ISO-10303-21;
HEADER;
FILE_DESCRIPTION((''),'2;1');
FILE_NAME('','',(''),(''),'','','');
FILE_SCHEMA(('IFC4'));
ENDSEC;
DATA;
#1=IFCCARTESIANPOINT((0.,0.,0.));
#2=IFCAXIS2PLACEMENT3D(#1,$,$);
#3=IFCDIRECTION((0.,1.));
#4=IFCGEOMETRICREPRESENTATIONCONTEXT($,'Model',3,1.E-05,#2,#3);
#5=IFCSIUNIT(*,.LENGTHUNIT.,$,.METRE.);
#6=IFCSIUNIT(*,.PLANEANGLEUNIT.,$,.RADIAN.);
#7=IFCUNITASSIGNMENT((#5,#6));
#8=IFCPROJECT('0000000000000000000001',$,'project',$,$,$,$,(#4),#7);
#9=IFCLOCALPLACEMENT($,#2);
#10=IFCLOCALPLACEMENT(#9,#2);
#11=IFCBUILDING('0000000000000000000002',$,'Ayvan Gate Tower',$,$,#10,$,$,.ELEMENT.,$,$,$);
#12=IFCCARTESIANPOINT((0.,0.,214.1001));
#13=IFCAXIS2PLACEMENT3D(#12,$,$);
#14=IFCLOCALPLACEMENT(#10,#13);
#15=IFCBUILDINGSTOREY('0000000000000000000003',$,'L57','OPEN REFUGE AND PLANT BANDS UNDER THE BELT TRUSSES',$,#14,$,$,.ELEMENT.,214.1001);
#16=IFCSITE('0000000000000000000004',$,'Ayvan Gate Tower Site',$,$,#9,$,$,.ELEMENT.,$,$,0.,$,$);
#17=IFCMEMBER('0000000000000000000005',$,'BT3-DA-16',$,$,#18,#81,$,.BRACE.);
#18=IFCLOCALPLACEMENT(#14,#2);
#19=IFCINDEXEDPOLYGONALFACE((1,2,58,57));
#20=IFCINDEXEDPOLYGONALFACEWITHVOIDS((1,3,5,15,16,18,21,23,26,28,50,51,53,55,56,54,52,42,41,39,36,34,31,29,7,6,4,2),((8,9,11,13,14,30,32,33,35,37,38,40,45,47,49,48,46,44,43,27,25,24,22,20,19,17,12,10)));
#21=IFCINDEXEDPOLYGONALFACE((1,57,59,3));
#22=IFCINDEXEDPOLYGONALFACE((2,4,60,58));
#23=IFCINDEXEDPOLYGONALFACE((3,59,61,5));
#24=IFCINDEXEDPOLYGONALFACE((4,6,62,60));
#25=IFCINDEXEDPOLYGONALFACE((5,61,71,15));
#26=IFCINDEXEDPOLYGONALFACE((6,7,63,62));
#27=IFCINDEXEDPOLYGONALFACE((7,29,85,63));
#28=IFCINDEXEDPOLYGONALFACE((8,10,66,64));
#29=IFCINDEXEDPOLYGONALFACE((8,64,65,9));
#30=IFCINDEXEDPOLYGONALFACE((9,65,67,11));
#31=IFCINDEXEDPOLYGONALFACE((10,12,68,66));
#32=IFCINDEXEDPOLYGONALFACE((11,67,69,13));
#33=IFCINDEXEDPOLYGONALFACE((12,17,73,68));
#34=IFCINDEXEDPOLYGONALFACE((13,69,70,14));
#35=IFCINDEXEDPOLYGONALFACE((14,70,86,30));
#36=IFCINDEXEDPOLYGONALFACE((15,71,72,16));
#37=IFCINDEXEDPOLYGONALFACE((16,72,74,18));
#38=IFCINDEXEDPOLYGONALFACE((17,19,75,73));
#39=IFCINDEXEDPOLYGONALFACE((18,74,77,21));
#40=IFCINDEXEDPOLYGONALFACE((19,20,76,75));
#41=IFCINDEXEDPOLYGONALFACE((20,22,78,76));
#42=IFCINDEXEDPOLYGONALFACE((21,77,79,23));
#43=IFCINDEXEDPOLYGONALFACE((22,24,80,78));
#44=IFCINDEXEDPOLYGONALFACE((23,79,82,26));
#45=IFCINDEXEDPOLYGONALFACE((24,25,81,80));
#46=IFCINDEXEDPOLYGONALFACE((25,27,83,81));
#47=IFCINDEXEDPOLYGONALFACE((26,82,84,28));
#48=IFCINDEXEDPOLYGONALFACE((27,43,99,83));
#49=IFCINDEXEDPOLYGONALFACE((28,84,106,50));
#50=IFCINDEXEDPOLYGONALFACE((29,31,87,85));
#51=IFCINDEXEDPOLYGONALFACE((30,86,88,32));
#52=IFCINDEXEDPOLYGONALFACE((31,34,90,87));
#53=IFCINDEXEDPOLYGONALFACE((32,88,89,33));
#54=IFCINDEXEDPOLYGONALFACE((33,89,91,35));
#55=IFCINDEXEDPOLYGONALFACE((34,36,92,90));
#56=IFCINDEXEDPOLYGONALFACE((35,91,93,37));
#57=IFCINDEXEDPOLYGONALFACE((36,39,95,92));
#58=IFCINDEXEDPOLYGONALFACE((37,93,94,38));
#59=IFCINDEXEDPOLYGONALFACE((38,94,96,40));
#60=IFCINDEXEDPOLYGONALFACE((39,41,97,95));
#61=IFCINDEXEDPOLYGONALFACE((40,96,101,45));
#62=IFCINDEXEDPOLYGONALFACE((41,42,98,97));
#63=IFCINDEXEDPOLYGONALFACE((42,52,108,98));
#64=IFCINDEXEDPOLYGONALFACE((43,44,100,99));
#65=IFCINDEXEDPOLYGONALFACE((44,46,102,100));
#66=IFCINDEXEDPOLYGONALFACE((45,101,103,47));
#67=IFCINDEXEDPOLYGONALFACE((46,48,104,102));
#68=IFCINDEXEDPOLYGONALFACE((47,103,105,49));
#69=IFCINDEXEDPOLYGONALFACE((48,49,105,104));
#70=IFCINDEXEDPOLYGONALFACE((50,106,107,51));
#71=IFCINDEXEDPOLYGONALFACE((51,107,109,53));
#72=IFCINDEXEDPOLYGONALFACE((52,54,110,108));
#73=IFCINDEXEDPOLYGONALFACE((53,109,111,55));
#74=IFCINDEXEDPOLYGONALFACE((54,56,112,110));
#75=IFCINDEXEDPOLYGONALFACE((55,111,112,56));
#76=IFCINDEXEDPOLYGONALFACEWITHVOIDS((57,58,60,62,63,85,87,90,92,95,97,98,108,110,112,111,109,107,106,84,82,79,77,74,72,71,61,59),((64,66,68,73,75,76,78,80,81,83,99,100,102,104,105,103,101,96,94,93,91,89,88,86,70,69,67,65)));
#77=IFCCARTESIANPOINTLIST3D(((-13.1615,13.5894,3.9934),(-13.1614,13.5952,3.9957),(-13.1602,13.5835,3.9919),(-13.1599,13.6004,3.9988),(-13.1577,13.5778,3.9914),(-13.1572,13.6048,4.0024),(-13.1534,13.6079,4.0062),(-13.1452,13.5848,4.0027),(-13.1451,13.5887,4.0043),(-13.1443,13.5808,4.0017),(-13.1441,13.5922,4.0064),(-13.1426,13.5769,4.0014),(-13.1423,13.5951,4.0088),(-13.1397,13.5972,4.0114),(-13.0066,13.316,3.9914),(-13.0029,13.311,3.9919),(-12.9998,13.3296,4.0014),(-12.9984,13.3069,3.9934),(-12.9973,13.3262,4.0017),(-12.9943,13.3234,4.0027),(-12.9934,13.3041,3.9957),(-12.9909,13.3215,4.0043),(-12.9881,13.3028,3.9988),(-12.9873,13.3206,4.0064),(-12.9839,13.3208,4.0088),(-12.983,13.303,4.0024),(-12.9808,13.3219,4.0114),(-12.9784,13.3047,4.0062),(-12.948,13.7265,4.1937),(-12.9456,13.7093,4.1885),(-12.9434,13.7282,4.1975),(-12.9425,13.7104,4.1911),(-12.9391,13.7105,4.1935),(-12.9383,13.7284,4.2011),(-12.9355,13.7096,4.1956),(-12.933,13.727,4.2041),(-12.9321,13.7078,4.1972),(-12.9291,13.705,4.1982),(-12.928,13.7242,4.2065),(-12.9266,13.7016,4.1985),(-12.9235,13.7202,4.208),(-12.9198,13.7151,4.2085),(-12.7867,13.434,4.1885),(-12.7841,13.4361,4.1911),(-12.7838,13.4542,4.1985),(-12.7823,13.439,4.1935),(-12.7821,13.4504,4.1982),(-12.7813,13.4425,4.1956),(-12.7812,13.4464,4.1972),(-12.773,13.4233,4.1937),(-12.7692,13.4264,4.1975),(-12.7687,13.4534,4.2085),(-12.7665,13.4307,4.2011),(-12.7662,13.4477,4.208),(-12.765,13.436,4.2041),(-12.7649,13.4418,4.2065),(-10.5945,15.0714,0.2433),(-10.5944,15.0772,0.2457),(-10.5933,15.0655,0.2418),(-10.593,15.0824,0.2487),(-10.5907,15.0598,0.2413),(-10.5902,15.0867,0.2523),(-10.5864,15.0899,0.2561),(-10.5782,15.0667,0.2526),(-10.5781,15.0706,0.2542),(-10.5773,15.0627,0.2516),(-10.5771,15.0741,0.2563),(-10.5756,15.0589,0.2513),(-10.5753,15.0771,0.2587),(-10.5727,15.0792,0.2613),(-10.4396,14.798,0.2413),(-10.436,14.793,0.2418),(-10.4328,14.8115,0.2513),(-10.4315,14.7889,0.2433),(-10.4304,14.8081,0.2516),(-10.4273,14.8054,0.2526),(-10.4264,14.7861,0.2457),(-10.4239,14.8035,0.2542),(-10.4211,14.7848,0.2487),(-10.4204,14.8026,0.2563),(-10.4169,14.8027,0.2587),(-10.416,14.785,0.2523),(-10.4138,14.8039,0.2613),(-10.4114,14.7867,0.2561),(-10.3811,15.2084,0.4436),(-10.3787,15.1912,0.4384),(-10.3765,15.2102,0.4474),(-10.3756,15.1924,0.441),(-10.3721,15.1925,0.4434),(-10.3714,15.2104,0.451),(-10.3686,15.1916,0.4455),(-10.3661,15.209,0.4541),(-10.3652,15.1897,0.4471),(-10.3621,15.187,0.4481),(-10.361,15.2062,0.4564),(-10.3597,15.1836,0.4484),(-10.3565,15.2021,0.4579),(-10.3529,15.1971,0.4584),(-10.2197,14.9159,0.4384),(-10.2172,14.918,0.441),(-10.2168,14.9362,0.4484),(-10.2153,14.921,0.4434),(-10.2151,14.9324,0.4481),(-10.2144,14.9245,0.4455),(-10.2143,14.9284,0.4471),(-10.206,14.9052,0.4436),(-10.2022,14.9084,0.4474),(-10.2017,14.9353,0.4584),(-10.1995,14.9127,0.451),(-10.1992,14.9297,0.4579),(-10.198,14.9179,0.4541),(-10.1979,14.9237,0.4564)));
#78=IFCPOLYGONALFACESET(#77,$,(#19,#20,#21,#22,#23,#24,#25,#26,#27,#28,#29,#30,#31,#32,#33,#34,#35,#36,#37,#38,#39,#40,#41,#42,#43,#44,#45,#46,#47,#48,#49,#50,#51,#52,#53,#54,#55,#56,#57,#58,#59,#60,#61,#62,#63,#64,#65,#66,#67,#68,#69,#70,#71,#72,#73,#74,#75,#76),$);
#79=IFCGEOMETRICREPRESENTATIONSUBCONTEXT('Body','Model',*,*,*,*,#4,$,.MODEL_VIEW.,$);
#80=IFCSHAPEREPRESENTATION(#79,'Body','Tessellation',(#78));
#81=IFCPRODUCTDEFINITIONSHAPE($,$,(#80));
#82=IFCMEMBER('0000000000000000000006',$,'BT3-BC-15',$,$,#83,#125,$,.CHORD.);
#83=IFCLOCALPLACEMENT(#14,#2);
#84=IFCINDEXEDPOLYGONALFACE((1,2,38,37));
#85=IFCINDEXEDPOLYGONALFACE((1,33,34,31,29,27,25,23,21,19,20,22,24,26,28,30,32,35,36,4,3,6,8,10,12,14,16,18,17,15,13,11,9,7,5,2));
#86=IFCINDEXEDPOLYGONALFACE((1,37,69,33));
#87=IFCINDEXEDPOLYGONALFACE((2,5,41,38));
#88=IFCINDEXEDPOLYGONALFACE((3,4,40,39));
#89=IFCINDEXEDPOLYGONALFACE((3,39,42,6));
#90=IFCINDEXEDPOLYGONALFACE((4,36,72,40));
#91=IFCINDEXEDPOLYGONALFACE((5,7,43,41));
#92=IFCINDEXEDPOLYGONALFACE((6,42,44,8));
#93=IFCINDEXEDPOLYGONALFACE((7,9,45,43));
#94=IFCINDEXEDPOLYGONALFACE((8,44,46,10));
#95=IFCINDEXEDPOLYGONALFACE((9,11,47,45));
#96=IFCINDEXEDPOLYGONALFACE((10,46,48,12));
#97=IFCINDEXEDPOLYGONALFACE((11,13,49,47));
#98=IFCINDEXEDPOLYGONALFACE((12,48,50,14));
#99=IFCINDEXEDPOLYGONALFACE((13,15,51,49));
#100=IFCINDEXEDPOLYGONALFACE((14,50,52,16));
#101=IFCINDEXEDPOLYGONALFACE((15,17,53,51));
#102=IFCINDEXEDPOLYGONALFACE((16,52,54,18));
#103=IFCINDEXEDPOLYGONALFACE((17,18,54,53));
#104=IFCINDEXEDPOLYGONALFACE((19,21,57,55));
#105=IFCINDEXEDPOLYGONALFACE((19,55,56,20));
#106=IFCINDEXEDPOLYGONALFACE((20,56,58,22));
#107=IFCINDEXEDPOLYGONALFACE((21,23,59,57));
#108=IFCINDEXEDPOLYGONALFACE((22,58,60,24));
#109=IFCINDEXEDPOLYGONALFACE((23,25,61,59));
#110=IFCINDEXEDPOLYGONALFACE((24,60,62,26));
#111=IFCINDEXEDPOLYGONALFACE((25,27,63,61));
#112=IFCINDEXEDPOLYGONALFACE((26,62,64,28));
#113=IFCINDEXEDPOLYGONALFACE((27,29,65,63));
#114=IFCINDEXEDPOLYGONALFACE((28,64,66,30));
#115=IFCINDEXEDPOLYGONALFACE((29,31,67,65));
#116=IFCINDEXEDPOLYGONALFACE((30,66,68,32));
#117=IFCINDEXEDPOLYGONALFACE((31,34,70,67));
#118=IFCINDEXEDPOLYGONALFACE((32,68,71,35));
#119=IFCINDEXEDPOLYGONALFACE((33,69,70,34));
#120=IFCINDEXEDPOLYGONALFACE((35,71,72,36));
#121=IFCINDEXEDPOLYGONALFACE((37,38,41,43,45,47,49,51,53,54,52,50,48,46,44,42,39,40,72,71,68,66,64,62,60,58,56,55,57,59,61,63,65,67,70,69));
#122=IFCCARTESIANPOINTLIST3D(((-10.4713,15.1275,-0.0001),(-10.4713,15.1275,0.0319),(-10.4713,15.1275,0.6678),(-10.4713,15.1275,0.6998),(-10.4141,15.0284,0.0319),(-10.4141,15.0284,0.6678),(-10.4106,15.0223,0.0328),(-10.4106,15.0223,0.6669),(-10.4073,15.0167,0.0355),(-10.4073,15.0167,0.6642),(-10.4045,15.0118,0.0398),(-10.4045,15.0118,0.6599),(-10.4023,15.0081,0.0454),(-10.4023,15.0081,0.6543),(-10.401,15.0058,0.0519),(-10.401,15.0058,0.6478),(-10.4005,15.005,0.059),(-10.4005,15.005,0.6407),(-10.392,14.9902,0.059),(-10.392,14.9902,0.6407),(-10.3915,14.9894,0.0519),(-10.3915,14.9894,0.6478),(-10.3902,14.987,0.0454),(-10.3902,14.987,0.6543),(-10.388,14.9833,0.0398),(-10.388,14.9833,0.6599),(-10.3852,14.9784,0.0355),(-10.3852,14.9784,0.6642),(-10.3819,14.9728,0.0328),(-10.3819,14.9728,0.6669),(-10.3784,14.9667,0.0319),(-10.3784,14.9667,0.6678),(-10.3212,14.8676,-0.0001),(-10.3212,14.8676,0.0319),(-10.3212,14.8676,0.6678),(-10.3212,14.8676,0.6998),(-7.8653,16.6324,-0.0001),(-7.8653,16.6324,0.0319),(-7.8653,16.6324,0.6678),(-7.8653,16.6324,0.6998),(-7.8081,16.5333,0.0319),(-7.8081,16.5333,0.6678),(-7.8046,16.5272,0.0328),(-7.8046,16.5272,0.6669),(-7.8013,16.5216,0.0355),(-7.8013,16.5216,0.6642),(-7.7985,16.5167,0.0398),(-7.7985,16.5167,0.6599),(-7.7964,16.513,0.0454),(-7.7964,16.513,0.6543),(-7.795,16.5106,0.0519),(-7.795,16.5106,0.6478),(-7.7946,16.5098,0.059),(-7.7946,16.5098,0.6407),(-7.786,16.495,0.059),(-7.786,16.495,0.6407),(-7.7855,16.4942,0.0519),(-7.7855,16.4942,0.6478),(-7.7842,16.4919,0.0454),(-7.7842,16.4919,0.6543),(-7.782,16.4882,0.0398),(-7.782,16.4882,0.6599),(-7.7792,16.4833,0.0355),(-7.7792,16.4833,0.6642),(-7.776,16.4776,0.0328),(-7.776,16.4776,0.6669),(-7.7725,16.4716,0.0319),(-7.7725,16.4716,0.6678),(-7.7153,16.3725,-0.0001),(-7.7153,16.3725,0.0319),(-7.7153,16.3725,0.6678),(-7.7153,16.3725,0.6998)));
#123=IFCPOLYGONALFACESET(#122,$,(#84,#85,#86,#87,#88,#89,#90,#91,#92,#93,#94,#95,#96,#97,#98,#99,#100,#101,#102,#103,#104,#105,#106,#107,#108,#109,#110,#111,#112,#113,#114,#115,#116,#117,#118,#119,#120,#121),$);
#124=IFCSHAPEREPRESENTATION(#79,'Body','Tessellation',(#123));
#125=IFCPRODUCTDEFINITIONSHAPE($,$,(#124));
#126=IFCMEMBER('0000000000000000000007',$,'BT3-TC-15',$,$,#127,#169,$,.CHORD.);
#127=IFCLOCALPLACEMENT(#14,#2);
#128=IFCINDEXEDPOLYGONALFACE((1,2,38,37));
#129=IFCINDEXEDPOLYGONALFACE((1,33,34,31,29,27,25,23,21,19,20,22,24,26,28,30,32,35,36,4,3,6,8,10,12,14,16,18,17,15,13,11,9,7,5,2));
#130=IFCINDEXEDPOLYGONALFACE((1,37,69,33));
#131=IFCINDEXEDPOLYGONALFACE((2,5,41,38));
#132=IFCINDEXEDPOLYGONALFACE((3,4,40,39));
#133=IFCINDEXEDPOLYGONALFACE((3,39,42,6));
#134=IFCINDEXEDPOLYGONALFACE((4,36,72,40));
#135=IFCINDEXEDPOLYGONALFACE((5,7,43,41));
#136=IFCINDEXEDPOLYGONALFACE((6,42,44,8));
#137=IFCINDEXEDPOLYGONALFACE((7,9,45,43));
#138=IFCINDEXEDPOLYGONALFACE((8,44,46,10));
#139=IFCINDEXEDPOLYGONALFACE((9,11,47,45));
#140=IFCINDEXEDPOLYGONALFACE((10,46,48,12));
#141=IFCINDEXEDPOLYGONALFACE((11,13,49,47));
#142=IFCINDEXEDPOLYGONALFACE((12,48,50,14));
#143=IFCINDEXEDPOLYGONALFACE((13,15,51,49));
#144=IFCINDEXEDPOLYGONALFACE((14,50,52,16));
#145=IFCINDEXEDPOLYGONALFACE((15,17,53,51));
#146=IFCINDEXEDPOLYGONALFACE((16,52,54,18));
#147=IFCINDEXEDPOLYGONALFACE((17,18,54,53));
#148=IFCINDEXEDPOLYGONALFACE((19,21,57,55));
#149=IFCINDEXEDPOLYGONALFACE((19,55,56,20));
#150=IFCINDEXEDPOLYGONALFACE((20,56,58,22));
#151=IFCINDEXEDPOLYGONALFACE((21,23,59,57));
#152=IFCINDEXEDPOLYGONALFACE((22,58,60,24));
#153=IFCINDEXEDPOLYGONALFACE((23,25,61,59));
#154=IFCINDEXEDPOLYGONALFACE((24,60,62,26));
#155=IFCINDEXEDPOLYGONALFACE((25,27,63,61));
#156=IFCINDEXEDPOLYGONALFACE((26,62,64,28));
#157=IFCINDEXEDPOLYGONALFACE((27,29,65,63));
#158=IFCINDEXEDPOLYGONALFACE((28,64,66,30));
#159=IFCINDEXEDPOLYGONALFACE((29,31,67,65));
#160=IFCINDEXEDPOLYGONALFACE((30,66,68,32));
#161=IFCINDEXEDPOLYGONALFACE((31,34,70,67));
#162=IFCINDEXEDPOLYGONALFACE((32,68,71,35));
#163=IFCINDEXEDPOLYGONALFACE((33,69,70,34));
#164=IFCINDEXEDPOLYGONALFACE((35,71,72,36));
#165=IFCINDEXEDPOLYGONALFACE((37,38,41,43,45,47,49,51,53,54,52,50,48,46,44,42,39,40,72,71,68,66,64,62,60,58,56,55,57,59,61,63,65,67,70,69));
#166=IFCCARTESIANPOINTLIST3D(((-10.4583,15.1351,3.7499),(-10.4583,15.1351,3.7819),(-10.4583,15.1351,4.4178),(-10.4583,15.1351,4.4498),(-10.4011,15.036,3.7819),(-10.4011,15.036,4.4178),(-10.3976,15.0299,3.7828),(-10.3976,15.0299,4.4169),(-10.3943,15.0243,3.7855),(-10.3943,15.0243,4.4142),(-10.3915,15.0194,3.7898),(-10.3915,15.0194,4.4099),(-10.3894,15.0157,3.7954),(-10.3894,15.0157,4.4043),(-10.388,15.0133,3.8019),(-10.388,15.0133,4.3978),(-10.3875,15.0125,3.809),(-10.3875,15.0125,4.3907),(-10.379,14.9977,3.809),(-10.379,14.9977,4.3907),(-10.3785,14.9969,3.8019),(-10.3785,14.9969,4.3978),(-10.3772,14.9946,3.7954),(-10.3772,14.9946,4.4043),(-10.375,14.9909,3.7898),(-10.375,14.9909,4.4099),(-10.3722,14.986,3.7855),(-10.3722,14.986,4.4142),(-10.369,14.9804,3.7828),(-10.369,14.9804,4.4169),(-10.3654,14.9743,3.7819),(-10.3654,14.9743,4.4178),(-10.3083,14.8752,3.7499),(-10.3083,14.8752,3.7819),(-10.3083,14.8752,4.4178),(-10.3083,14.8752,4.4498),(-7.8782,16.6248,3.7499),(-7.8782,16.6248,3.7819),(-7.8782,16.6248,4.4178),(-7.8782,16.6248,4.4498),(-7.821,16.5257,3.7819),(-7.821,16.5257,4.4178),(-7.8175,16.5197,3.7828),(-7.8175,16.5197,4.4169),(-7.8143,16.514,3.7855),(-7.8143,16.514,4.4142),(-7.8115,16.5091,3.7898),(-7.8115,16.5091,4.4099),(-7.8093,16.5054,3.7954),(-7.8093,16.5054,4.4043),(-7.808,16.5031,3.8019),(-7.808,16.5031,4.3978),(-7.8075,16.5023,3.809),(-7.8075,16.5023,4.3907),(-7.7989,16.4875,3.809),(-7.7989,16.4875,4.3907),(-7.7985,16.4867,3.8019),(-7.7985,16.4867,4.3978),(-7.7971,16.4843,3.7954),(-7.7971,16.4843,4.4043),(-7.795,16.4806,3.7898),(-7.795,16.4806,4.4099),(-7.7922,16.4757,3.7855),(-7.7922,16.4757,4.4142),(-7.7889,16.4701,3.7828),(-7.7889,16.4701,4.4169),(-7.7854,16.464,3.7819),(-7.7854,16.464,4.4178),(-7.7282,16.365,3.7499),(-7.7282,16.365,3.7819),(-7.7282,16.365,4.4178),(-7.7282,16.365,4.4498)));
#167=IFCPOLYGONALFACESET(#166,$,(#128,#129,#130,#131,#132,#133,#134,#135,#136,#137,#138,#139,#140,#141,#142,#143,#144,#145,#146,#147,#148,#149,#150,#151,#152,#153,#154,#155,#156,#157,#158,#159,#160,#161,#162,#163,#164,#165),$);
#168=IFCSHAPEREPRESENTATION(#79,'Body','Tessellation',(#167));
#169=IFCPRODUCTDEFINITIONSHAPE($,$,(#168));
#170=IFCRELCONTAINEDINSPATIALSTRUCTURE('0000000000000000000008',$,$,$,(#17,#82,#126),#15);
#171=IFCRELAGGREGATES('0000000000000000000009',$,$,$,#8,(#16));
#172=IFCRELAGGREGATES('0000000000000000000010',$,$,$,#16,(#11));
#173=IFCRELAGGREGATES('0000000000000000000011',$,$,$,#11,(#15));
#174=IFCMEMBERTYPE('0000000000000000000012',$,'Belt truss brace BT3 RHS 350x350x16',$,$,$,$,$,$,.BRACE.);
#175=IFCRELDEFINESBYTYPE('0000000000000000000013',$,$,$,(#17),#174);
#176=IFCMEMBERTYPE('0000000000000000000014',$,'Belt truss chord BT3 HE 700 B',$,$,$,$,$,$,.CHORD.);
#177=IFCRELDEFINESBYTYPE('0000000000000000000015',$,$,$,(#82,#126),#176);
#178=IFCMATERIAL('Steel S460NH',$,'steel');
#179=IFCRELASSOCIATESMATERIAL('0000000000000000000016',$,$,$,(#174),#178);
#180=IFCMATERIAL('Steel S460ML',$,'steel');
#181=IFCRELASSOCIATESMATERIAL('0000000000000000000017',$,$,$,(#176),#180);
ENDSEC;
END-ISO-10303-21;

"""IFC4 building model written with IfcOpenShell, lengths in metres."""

from ifc_helpers import new_model, si_unit, direction, frame, origin, origin_2d, place, context, subcontext, project, spatial, hollow_rectangle, i_section, extrude, material, material_profile, profile_set, type_object, element, save


model = new_model("IFC4")

# Units and contexts
model_context = context("Model", 3, precision=1e-05, world=origin(), true_north=direction((0.0, 1.0)))
body_context = subcontext(model_context, "Body", "Model", "MODEL_VIEW")
ifc_project = project(units=[si_unit("LENGTHUNIT", "METRE"), si_unit("PLANEANGLEUNIT", "RADIAN")], contexts=[model_context])

# Site, building, storey
site_placement = place(None, origin())
site = spatial("IfcSite", under=ifc_project, at=site_placement, Name="Ayvan Gate Tower Site", CompositionType="ELEMENT", RefElevation=0.0)
building_placement = place(site_placement, origin())
building = spatial("IfcBuilding", under=site, at=building_placement, Name="Ayvan Gate Tower", CompositionType="ELEMENT")
storey_placement = place(building_placement, frame((0.0, 0.0, 214.1001)))
storey = spatial("IfcBuildingStorey", under=building, at=storey_placement, Name="L57", Description="OPEN REFUGE AND PLANT BANDS UNDER THE BELT TRUSSES", CompositionType="ELEMENT", Elevation=214.1001)

# Members
ifc_material_1 = material(Name="Steel S460NH", Category="steel")
ifc_material_profile_1 = material_profile(ifc_material_1, hollow_rectangle(XDim=0.3501, YDim=0.3501, WallThickness=0.0161, InnerFilletRadius=0.0161, OuterFilletRadius=0.0239, at=origin_2d()), Name="RHS 350x350x16")
ifc_profile_set_1 = profile_set([ifc_material_profile_1], Name="Steel S460NH")
member_type_1 = type_object("IfcMemberType", Name="Belt truss brace BT3 RHS 350x350x16", PredefinedType="BRACE", material=ifc_profile_set_1)
member_1_placement = place(storey_placement, frame((-10.3962, 14.9976, 0.3499), z_axis=(-0.537017, -0.310034, 0.784533), x_axis=(0.499984, -0.866035, 0.0)))
element("IfcMember", 1, at=member_1_placement, inside=storey, type_object=member_type_1, Name="BT3-DA-16", PredefinedType="BRACE", context=body_context, shape_type="SweptSolid", body=[
    extrude(hollow_rectangle(XDim=0.3501, YDim=0.3501, WallThickness=0.0161, InnerFilletRadius=0.0161, OuterFilletRadius=0.0239, at=origin_2d()), origin(), (0.0, 0.0, 1.0), 4.78),
])
ifc_material_2 = material(Name="Steel S460ML", Category="steel")
ifc_material_profile_2 = material_profile(ifc_material_2, i_section(OverallWidth=0.3, OverallDepth=0.7, WebThickness=0.0171, FlangeThickness=0.032, FilletRadius=0.0271, at=origin_2d()), Name="HE 700 B")
ifc_profile_set_2 = profile_set([ifc_material_profile_2], Name="Steel S460ML")
member_type_2 = type_object("IfcMemberType", Name="Belt truss chord BT3 HE 700 B", PredefinedType="CHORD", material=ifc_profile_set_2)
member_2_placement = place(storey_placement, frame((-7.7903, 16.5024, 0.3499), z_axis=(-0.865978, -0.500083, 0.0), x_axis=(0.500083, -0.865978, 0.0)))
element("IfcMember", 2, at=member_2_placement, inside=storey, type_object=member_type_2, Name="BT3-BC-15", PredefinedType="CHORD", context=body_context, shape_type="SweptSolid", body=[
    extrude(i_section(OverallWidth=0.3, OverallDepth=0.7, WebThickness=0.0171, FlangeThickness=0.032, FilletRadius=0.0271, at=origin_2d()), origin(), (0.0, 0.0, 1.0), 3.0093),
])
member_3_placement = place(storey_placement, frame((-7.8032, 16.4949, 4.0999), z_axis=(-0.866005, -0.500035, 0.0), x_axis=(0.500035, -0.866005, 0.0)))
element("IfcMember", 3, at=member_3_placement, inside=storey, type_object=member_type_2, Name="BT3-TC-15", PredefinedType="CHORD", context=body_context, shape_type="SweptSolid", body=[
    extrude(i_section(OverallWidth=0.3, OverallDepth=0.7, WebThickness=0.0171, FlangeThickness=0.032, FilletRadius=0.0271, at=origin_2d()), origin(), (0.0, 0.0, 1.0), 2.9792),
])

save(model, "model.ifc")
